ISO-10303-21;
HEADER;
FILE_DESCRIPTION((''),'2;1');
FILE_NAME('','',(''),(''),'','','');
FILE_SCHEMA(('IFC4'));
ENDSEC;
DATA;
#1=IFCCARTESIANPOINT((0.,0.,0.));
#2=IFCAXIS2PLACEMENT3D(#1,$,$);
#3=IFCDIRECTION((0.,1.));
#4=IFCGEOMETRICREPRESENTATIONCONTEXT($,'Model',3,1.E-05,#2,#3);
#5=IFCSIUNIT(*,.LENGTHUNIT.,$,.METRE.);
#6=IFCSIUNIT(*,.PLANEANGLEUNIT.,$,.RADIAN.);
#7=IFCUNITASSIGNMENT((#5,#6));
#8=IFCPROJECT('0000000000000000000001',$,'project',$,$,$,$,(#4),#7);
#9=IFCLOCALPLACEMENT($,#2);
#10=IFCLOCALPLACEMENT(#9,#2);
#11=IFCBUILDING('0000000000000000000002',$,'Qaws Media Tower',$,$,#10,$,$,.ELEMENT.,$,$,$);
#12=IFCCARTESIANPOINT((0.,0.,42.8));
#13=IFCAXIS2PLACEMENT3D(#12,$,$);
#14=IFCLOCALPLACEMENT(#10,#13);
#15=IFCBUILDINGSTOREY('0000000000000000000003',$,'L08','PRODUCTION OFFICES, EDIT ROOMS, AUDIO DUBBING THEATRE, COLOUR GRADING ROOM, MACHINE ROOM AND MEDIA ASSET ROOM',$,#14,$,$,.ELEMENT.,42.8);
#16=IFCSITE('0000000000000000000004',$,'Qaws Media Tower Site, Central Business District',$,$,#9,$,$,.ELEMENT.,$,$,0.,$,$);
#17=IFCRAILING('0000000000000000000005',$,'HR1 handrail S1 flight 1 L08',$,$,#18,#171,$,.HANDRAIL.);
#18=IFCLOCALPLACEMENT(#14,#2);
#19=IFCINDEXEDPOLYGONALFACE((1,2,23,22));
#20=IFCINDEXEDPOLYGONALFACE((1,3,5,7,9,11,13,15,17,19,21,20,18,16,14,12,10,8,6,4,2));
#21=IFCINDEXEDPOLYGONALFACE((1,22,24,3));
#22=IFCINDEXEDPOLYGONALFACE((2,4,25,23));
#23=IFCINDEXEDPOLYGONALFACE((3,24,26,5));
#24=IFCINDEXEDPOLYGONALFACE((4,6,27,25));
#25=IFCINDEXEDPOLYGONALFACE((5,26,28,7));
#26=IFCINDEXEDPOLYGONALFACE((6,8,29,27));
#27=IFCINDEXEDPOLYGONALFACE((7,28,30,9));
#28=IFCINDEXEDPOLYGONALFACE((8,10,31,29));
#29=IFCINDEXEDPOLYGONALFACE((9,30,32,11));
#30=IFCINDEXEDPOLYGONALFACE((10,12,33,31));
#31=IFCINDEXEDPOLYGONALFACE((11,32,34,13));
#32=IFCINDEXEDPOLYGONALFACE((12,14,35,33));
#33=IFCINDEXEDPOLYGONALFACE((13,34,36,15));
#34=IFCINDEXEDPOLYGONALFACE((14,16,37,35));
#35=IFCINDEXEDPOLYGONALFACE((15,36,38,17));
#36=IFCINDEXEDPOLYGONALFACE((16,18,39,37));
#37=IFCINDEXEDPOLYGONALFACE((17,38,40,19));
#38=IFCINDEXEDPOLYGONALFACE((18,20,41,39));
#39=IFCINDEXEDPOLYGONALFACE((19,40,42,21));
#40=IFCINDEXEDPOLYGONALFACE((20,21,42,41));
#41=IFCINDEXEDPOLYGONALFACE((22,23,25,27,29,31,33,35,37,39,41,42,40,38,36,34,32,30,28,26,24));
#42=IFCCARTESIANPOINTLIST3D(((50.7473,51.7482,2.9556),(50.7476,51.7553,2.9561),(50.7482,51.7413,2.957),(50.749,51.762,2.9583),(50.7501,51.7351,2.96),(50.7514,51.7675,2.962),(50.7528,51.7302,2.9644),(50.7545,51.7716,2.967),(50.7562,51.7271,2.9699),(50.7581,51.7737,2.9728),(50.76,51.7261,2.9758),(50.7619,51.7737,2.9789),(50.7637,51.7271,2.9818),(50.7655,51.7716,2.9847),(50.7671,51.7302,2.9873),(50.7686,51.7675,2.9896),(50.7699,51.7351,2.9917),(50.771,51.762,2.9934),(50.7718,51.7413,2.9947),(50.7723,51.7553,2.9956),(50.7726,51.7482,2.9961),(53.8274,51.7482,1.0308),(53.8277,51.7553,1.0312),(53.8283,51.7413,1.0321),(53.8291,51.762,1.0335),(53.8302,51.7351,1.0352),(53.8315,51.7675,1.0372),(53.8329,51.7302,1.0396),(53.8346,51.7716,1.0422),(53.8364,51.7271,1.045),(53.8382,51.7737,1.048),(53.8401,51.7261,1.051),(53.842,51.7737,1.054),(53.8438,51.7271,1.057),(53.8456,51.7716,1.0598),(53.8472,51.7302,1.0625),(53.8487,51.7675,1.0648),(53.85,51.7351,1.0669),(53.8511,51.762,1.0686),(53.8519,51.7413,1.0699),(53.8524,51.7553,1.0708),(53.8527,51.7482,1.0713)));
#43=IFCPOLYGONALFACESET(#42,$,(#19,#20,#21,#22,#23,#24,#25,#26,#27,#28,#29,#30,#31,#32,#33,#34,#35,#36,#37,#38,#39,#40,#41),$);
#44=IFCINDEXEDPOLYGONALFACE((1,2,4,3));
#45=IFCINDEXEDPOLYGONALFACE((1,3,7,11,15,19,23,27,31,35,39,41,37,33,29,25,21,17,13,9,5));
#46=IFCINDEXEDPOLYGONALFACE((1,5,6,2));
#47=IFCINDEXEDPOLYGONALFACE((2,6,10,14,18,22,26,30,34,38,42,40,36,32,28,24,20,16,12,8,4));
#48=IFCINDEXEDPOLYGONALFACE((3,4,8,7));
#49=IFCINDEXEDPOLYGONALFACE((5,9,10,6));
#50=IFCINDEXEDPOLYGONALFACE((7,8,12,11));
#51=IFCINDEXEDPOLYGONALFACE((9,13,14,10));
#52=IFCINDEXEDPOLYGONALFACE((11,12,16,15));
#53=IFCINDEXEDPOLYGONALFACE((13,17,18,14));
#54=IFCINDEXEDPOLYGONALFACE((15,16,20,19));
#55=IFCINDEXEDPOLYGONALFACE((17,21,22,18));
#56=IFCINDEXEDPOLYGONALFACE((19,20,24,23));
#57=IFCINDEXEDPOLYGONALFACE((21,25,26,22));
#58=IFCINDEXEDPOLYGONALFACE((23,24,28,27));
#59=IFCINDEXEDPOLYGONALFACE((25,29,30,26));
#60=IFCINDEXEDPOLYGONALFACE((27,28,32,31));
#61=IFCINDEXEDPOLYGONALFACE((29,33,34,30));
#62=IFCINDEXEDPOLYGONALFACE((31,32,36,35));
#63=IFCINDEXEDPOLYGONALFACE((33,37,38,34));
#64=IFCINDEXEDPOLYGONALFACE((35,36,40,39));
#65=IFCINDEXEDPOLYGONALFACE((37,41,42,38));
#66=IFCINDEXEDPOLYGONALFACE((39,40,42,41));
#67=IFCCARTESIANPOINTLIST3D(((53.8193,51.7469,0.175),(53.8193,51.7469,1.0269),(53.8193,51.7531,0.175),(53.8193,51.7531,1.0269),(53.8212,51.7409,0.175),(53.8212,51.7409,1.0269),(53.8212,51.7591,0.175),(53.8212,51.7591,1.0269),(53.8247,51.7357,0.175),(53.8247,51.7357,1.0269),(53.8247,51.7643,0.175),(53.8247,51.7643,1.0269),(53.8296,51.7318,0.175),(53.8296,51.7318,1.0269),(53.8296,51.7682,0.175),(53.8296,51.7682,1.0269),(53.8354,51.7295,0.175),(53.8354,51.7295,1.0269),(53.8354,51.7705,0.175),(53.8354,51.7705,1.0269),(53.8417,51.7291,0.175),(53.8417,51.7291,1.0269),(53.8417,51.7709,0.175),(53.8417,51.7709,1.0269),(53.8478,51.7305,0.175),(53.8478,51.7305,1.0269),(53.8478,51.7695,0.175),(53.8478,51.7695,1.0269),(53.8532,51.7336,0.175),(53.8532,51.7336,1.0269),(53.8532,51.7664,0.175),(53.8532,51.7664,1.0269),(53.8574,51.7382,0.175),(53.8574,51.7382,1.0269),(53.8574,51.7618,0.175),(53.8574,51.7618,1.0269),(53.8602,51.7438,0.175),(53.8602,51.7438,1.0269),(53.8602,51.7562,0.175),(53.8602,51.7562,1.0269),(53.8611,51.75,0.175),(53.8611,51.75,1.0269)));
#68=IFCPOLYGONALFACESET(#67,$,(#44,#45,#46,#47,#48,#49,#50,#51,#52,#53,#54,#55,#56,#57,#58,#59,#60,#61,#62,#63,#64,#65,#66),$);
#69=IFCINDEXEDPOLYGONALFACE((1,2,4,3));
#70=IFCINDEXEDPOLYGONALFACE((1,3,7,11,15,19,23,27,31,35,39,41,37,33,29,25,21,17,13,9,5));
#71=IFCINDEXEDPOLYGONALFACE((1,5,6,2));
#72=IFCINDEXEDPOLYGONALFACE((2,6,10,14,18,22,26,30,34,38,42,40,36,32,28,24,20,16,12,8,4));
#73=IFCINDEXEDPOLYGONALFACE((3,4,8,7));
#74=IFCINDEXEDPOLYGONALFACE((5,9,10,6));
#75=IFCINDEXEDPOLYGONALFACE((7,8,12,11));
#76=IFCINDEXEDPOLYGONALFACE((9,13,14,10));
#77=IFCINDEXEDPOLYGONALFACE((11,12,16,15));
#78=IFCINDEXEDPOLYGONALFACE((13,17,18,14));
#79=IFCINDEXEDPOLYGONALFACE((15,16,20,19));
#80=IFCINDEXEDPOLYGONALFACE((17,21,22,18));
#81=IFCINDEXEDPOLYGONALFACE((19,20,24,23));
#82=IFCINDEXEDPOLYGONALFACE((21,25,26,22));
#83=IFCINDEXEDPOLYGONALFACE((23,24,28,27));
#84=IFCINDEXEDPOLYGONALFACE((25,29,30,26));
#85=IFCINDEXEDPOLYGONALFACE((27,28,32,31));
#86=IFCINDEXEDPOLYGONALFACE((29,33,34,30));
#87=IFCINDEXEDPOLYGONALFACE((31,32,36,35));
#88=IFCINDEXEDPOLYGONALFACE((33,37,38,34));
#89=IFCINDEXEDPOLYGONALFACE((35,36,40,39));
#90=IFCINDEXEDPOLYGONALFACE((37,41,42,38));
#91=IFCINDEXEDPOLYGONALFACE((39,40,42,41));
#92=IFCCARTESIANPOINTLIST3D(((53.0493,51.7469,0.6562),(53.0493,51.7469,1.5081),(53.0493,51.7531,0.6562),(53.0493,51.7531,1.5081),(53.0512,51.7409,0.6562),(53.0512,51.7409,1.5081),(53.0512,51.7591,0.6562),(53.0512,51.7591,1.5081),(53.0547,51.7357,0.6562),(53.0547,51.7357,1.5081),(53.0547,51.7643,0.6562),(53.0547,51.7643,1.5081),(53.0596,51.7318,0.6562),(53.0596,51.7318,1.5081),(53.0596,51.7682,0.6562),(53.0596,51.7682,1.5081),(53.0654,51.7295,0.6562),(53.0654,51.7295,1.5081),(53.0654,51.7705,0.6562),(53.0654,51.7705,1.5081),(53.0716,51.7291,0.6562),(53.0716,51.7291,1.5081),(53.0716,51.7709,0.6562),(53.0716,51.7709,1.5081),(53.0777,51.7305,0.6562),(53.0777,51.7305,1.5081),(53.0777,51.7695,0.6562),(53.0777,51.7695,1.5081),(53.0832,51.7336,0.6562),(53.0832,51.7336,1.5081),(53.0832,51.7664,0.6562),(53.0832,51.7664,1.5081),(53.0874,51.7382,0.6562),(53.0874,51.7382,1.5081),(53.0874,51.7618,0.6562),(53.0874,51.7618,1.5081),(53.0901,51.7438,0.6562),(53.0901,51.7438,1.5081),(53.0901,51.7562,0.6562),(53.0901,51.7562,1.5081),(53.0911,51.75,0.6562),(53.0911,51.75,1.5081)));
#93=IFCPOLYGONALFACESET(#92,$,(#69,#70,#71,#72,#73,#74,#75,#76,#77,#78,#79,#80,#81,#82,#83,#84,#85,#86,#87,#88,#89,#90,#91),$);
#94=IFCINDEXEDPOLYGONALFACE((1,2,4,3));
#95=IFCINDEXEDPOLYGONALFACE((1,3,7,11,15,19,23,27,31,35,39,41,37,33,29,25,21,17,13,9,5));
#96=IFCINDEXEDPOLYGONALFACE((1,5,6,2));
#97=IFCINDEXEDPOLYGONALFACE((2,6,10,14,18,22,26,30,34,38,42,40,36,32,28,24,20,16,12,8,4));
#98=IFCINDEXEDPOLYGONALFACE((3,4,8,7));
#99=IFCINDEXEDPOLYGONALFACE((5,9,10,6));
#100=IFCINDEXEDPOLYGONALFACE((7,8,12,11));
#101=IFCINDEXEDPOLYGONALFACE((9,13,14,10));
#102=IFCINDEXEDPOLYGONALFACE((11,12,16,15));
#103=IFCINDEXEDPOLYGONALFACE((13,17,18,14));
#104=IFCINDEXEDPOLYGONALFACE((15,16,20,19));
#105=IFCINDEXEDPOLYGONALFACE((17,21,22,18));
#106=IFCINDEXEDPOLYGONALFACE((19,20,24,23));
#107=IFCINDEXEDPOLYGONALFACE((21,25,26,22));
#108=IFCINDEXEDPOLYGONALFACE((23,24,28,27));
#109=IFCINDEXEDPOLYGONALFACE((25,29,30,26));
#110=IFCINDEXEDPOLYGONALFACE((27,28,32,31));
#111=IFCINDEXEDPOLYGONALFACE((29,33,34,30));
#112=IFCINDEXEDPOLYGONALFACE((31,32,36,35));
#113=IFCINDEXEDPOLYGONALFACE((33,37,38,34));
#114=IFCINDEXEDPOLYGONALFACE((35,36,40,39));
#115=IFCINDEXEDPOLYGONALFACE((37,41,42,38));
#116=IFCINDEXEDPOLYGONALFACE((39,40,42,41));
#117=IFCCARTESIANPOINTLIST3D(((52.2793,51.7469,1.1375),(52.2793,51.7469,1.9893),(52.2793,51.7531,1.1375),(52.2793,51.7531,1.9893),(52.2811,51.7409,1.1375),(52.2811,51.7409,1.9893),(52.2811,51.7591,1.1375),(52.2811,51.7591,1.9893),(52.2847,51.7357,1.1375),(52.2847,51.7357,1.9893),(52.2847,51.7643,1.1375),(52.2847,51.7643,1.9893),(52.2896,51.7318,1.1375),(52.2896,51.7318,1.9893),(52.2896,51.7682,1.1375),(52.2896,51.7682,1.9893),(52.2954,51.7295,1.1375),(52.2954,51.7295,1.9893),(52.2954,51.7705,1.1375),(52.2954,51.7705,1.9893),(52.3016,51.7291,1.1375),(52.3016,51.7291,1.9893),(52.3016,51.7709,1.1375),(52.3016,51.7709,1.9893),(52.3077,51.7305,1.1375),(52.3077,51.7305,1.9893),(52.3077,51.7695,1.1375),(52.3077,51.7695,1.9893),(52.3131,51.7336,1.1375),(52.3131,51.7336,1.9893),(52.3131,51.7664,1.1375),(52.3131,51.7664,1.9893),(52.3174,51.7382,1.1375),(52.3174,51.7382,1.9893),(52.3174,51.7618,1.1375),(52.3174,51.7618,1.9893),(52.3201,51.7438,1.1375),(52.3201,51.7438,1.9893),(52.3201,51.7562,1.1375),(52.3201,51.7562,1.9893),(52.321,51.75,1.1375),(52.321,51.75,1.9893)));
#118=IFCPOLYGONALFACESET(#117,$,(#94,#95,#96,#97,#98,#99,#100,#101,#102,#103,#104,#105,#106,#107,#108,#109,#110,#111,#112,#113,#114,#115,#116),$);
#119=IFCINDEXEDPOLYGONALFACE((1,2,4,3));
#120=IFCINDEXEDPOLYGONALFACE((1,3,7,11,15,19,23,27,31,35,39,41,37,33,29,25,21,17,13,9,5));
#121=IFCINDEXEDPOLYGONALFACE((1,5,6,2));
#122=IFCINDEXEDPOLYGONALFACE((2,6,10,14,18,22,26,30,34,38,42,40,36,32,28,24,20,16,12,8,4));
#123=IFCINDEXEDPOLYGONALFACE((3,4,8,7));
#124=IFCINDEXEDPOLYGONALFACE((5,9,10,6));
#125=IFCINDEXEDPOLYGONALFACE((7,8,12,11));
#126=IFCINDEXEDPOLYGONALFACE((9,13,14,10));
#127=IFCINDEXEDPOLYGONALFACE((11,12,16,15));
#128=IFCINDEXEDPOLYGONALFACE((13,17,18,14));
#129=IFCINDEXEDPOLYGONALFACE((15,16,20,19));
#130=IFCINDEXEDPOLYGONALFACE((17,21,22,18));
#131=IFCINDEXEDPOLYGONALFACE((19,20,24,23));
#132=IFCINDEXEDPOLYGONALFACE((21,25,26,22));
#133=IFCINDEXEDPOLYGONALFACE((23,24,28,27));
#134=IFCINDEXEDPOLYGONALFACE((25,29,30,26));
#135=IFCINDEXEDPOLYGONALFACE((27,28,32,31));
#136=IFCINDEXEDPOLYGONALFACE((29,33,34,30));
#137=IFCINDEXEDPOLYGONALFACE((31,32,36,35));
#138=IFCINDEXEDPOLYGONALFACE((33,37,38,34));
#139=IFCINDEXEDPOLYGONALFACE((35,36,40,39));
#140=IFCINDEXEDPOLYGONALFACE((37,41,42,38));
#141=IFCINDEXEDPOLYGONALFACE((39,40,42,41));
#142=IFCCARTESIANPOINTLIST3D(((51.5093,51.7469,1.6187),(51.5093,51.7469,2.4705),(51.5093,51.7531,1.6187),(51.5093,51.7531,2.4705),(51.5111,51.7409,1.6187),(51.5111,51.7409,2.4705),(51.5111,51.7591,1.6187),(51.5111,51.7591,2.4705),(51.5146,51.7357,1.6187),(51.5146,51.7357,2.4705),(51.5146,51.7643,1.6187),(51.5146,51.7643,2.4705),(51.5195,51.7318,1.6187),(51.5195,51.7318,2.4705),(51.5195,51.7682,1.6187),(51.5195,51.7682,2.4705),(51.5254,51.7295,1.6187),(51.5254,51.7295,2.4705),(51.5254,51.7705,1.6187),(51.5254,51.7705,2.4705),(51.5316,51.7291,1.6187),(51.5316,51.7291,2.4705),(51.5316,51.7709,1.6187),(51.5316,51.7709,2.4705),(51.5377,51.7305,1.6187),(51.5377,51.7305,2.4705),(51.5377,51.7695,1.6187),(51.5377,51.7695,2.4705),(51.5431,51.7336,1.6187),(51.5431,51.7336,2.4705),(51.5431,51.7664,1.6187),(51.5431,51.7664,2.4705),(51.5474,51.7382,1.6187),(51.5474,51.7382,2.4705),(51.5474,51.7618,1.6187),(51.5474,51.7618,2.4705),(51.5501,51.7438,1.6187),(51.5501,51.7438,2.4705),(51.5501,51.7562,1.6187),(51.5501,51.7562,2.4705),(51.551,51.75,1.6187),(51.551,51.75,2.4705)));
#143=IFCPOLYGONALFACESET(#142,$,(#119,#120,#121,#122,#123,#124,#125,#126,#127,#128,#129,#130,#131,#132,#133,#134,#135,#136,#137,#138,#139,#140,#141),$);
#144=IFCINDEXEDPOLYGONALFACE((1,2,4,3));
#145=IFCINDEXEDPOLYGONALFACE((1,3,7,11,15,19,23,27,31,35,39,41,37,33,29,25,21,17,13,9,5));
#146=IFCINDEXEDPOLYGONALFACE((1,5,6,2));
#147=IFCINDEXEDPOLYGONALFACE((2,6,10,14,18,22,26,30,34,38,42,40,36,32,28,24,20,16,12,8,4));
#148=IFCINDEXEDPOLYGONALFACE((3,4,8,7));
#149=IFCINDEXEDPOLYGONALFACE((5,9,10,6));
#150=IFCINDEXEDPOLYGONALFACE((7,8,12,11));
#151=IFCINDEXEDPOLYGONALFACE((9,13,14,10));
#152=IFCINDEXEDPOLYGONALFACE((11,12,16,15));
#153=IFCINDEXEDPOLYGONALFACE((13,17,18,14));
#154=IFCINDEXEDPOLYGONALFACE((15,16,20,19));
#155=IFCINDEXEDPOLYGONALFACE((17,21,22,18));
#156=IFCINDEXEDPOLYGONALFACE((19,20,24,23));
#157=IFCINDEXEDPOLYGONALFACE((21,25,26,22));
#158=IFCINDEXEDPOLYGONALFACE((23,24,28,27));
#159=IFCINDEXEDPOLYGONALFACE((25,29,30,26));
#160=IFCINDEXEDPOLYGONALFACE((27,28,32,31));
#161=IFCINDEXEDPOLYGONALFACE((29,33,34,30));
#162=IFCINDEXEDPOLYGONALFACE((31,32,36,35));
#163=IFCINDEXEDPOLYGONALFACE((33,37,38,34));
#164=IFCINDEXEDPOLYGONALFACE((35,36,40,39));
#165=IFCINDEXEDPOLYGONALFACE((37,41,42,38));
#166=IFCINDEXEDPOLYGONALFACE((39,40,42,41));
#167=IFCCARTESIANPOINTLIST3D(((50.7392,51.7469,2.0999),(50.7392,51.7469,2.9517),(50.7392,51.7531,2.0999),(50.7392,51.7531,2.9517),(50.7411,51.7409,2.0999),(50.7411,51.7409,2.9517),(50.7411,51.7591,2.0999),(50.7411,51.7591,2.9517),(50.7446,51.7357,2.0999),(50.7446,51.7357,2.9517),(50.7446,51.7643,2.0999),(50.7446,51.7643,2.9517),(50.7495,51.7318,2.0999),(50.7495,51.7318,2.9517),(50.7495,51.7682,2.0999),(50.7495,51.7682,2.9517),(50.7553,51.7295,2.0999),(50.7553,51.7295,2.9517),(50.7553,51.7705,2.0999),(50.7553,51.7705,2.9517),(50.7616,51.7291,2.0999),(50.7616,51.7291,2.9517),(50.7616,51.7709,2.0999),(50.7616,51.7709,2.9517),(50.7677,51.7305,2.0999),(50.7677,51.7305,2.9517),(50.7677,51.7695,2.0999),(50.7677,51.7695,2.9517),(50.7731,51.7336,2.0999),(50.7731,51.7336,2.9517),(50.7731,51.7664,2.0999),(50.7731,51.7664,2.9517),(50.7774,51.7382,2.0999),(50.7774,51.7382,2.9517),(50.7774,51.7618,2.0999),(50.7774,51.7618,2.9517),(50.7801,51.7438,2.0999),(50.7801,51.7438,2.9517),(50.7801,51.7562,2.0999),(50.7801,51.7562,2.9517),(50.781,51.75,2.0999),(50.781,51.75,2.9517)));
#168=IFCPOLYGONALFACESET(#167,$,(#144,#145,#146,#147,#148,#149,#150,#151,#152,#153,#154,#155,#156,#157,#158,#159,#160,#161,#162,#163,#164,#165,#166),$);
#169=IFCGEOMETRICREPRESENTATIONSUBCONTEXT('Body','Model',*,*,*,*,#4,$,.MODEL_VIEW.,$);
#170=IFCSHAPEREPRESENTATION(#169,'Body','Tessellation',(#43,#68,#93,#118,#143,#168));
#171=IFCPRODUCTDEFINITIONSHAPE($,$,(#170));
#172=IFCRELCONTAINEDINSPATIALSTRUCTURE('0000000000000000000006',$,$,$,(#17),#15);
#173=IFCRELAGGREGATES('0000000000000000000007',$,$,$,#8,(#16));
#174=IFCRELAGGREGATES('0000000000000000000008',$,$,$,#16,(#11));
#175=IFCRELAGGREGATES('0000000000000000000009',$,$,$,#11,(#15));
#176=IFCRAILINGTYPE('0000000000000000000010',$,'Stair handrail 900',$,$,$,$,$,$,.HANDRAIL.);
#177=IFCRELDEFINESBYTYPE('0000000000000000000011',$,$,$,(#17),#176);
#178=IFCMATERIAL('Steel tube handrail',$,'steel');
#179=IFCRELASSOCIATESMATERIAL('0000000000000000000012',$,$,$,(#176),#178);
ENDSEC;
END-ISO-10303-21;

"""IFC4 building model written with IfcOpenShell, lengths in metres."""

from ifc_helpers import new_model, si_unit, direction, frame, origin, origin_2d, place, context, subcontext, project, spatial, circle, extrude, material, type_object, element, save


model = new_model("IFC4")

# Units and contexts
model_context = context("Model", 3, precision=1e-05, world=origin(), true_north=direction((0.0, 1.0)))
body_context = subcontext(model_context, "Body", "Model", "MODEL_VIEW")
ifc_project = project(units=[si_unit("LENGTHUNIT", "METRE"), si_unit("PLANEANGLEUNIT", "RADIAN")], contexts=[model_context])

# Site, building, storey
site_placement = place(None, origin())
site = spatial("IfcSite", under=ifc_project, at=site_placement, Name="Qaws Media Tower Site, Central Business District", CompositionType="ELEMENT", RefElevation=0.0)
building_placement = place(site_placement, origin())
building = spatial("IfcBuilding", under=site, at=building_placement, Name="Qaws Media Tower", CompositionType="ELEMENT")
storey_placement = place(building_placement, frame((0.0, 0.0, 42.8)))
storey = spatial("IfcBuildingStorey", under=building, at=storey_placement, Name="L08", Description="PRODUCTION OFFICES, EDIT ROOMS, AUDIO DUBBING THEATRE, COLOUR GRADING ROOM, MACHINE ROOM AND MEDIA ASSET ROOM", CompositionType="ELEMENT", Elevation=42.8)

# Railing
ifc_material_1 = material(Name="Steel tube handrail", Category="steel")
railing_type = type_object("IfcRailingType", Name="Stair handrail 900", PredefinedType="HANDRAIL", material=ifc_material_1)
for number, where, name in (
    (1, (53.8401, 51.75, 0.175), "HR1 handrail S1 flight 1 L08"),
):
    element("IfcRailing", number, at=place(storey_placement, frame(where)), inside=storey, type_object=railing_type, Name=name, PredefinedType="HANDRAIL", context=body_context, shape_type="SweptSolid", body=[
        extrude(circle(Radius=0.0239, at=origin_2d()), frame((0.0, 0.0, 0.876), z_axis=(-0.848029, 0.0, 0.529951), x_axis=(0.0, -1.0, 0.0)), (0.0, 0.0, 1.0), 3.6321),
        extrude(circle(Radius=0.021, at=origin_2d()), origin(), (0.0, 0.0, 1.0), 0.8518),
        extrude(circle(Radius=0.021, at=origin_2d()), frame((-0.77, 0.0, 0.4812)), (0.0, 0.0, 1.0), 0.8518),
        extrude(circle(Radius=0.021, at=origin_2d()), frame((-1.54, 0.0, 0.9624)), (0.0, 0.0, 1.0), 0.8518),
        extrude(circle(Radius=0.021, at=origin_2d()), frame((-2.3101, 0.0, 1.4436)), (0.0, 0.0, 1.0), 0.8518),
        extrude(circle(Radius=0.021, at=origin_2d()), frame((-3.0801, 0.0, 1.9248)), (0.0, 0.0, 1.0), 0.8518),
    ])

save(model, "model.ifc")
